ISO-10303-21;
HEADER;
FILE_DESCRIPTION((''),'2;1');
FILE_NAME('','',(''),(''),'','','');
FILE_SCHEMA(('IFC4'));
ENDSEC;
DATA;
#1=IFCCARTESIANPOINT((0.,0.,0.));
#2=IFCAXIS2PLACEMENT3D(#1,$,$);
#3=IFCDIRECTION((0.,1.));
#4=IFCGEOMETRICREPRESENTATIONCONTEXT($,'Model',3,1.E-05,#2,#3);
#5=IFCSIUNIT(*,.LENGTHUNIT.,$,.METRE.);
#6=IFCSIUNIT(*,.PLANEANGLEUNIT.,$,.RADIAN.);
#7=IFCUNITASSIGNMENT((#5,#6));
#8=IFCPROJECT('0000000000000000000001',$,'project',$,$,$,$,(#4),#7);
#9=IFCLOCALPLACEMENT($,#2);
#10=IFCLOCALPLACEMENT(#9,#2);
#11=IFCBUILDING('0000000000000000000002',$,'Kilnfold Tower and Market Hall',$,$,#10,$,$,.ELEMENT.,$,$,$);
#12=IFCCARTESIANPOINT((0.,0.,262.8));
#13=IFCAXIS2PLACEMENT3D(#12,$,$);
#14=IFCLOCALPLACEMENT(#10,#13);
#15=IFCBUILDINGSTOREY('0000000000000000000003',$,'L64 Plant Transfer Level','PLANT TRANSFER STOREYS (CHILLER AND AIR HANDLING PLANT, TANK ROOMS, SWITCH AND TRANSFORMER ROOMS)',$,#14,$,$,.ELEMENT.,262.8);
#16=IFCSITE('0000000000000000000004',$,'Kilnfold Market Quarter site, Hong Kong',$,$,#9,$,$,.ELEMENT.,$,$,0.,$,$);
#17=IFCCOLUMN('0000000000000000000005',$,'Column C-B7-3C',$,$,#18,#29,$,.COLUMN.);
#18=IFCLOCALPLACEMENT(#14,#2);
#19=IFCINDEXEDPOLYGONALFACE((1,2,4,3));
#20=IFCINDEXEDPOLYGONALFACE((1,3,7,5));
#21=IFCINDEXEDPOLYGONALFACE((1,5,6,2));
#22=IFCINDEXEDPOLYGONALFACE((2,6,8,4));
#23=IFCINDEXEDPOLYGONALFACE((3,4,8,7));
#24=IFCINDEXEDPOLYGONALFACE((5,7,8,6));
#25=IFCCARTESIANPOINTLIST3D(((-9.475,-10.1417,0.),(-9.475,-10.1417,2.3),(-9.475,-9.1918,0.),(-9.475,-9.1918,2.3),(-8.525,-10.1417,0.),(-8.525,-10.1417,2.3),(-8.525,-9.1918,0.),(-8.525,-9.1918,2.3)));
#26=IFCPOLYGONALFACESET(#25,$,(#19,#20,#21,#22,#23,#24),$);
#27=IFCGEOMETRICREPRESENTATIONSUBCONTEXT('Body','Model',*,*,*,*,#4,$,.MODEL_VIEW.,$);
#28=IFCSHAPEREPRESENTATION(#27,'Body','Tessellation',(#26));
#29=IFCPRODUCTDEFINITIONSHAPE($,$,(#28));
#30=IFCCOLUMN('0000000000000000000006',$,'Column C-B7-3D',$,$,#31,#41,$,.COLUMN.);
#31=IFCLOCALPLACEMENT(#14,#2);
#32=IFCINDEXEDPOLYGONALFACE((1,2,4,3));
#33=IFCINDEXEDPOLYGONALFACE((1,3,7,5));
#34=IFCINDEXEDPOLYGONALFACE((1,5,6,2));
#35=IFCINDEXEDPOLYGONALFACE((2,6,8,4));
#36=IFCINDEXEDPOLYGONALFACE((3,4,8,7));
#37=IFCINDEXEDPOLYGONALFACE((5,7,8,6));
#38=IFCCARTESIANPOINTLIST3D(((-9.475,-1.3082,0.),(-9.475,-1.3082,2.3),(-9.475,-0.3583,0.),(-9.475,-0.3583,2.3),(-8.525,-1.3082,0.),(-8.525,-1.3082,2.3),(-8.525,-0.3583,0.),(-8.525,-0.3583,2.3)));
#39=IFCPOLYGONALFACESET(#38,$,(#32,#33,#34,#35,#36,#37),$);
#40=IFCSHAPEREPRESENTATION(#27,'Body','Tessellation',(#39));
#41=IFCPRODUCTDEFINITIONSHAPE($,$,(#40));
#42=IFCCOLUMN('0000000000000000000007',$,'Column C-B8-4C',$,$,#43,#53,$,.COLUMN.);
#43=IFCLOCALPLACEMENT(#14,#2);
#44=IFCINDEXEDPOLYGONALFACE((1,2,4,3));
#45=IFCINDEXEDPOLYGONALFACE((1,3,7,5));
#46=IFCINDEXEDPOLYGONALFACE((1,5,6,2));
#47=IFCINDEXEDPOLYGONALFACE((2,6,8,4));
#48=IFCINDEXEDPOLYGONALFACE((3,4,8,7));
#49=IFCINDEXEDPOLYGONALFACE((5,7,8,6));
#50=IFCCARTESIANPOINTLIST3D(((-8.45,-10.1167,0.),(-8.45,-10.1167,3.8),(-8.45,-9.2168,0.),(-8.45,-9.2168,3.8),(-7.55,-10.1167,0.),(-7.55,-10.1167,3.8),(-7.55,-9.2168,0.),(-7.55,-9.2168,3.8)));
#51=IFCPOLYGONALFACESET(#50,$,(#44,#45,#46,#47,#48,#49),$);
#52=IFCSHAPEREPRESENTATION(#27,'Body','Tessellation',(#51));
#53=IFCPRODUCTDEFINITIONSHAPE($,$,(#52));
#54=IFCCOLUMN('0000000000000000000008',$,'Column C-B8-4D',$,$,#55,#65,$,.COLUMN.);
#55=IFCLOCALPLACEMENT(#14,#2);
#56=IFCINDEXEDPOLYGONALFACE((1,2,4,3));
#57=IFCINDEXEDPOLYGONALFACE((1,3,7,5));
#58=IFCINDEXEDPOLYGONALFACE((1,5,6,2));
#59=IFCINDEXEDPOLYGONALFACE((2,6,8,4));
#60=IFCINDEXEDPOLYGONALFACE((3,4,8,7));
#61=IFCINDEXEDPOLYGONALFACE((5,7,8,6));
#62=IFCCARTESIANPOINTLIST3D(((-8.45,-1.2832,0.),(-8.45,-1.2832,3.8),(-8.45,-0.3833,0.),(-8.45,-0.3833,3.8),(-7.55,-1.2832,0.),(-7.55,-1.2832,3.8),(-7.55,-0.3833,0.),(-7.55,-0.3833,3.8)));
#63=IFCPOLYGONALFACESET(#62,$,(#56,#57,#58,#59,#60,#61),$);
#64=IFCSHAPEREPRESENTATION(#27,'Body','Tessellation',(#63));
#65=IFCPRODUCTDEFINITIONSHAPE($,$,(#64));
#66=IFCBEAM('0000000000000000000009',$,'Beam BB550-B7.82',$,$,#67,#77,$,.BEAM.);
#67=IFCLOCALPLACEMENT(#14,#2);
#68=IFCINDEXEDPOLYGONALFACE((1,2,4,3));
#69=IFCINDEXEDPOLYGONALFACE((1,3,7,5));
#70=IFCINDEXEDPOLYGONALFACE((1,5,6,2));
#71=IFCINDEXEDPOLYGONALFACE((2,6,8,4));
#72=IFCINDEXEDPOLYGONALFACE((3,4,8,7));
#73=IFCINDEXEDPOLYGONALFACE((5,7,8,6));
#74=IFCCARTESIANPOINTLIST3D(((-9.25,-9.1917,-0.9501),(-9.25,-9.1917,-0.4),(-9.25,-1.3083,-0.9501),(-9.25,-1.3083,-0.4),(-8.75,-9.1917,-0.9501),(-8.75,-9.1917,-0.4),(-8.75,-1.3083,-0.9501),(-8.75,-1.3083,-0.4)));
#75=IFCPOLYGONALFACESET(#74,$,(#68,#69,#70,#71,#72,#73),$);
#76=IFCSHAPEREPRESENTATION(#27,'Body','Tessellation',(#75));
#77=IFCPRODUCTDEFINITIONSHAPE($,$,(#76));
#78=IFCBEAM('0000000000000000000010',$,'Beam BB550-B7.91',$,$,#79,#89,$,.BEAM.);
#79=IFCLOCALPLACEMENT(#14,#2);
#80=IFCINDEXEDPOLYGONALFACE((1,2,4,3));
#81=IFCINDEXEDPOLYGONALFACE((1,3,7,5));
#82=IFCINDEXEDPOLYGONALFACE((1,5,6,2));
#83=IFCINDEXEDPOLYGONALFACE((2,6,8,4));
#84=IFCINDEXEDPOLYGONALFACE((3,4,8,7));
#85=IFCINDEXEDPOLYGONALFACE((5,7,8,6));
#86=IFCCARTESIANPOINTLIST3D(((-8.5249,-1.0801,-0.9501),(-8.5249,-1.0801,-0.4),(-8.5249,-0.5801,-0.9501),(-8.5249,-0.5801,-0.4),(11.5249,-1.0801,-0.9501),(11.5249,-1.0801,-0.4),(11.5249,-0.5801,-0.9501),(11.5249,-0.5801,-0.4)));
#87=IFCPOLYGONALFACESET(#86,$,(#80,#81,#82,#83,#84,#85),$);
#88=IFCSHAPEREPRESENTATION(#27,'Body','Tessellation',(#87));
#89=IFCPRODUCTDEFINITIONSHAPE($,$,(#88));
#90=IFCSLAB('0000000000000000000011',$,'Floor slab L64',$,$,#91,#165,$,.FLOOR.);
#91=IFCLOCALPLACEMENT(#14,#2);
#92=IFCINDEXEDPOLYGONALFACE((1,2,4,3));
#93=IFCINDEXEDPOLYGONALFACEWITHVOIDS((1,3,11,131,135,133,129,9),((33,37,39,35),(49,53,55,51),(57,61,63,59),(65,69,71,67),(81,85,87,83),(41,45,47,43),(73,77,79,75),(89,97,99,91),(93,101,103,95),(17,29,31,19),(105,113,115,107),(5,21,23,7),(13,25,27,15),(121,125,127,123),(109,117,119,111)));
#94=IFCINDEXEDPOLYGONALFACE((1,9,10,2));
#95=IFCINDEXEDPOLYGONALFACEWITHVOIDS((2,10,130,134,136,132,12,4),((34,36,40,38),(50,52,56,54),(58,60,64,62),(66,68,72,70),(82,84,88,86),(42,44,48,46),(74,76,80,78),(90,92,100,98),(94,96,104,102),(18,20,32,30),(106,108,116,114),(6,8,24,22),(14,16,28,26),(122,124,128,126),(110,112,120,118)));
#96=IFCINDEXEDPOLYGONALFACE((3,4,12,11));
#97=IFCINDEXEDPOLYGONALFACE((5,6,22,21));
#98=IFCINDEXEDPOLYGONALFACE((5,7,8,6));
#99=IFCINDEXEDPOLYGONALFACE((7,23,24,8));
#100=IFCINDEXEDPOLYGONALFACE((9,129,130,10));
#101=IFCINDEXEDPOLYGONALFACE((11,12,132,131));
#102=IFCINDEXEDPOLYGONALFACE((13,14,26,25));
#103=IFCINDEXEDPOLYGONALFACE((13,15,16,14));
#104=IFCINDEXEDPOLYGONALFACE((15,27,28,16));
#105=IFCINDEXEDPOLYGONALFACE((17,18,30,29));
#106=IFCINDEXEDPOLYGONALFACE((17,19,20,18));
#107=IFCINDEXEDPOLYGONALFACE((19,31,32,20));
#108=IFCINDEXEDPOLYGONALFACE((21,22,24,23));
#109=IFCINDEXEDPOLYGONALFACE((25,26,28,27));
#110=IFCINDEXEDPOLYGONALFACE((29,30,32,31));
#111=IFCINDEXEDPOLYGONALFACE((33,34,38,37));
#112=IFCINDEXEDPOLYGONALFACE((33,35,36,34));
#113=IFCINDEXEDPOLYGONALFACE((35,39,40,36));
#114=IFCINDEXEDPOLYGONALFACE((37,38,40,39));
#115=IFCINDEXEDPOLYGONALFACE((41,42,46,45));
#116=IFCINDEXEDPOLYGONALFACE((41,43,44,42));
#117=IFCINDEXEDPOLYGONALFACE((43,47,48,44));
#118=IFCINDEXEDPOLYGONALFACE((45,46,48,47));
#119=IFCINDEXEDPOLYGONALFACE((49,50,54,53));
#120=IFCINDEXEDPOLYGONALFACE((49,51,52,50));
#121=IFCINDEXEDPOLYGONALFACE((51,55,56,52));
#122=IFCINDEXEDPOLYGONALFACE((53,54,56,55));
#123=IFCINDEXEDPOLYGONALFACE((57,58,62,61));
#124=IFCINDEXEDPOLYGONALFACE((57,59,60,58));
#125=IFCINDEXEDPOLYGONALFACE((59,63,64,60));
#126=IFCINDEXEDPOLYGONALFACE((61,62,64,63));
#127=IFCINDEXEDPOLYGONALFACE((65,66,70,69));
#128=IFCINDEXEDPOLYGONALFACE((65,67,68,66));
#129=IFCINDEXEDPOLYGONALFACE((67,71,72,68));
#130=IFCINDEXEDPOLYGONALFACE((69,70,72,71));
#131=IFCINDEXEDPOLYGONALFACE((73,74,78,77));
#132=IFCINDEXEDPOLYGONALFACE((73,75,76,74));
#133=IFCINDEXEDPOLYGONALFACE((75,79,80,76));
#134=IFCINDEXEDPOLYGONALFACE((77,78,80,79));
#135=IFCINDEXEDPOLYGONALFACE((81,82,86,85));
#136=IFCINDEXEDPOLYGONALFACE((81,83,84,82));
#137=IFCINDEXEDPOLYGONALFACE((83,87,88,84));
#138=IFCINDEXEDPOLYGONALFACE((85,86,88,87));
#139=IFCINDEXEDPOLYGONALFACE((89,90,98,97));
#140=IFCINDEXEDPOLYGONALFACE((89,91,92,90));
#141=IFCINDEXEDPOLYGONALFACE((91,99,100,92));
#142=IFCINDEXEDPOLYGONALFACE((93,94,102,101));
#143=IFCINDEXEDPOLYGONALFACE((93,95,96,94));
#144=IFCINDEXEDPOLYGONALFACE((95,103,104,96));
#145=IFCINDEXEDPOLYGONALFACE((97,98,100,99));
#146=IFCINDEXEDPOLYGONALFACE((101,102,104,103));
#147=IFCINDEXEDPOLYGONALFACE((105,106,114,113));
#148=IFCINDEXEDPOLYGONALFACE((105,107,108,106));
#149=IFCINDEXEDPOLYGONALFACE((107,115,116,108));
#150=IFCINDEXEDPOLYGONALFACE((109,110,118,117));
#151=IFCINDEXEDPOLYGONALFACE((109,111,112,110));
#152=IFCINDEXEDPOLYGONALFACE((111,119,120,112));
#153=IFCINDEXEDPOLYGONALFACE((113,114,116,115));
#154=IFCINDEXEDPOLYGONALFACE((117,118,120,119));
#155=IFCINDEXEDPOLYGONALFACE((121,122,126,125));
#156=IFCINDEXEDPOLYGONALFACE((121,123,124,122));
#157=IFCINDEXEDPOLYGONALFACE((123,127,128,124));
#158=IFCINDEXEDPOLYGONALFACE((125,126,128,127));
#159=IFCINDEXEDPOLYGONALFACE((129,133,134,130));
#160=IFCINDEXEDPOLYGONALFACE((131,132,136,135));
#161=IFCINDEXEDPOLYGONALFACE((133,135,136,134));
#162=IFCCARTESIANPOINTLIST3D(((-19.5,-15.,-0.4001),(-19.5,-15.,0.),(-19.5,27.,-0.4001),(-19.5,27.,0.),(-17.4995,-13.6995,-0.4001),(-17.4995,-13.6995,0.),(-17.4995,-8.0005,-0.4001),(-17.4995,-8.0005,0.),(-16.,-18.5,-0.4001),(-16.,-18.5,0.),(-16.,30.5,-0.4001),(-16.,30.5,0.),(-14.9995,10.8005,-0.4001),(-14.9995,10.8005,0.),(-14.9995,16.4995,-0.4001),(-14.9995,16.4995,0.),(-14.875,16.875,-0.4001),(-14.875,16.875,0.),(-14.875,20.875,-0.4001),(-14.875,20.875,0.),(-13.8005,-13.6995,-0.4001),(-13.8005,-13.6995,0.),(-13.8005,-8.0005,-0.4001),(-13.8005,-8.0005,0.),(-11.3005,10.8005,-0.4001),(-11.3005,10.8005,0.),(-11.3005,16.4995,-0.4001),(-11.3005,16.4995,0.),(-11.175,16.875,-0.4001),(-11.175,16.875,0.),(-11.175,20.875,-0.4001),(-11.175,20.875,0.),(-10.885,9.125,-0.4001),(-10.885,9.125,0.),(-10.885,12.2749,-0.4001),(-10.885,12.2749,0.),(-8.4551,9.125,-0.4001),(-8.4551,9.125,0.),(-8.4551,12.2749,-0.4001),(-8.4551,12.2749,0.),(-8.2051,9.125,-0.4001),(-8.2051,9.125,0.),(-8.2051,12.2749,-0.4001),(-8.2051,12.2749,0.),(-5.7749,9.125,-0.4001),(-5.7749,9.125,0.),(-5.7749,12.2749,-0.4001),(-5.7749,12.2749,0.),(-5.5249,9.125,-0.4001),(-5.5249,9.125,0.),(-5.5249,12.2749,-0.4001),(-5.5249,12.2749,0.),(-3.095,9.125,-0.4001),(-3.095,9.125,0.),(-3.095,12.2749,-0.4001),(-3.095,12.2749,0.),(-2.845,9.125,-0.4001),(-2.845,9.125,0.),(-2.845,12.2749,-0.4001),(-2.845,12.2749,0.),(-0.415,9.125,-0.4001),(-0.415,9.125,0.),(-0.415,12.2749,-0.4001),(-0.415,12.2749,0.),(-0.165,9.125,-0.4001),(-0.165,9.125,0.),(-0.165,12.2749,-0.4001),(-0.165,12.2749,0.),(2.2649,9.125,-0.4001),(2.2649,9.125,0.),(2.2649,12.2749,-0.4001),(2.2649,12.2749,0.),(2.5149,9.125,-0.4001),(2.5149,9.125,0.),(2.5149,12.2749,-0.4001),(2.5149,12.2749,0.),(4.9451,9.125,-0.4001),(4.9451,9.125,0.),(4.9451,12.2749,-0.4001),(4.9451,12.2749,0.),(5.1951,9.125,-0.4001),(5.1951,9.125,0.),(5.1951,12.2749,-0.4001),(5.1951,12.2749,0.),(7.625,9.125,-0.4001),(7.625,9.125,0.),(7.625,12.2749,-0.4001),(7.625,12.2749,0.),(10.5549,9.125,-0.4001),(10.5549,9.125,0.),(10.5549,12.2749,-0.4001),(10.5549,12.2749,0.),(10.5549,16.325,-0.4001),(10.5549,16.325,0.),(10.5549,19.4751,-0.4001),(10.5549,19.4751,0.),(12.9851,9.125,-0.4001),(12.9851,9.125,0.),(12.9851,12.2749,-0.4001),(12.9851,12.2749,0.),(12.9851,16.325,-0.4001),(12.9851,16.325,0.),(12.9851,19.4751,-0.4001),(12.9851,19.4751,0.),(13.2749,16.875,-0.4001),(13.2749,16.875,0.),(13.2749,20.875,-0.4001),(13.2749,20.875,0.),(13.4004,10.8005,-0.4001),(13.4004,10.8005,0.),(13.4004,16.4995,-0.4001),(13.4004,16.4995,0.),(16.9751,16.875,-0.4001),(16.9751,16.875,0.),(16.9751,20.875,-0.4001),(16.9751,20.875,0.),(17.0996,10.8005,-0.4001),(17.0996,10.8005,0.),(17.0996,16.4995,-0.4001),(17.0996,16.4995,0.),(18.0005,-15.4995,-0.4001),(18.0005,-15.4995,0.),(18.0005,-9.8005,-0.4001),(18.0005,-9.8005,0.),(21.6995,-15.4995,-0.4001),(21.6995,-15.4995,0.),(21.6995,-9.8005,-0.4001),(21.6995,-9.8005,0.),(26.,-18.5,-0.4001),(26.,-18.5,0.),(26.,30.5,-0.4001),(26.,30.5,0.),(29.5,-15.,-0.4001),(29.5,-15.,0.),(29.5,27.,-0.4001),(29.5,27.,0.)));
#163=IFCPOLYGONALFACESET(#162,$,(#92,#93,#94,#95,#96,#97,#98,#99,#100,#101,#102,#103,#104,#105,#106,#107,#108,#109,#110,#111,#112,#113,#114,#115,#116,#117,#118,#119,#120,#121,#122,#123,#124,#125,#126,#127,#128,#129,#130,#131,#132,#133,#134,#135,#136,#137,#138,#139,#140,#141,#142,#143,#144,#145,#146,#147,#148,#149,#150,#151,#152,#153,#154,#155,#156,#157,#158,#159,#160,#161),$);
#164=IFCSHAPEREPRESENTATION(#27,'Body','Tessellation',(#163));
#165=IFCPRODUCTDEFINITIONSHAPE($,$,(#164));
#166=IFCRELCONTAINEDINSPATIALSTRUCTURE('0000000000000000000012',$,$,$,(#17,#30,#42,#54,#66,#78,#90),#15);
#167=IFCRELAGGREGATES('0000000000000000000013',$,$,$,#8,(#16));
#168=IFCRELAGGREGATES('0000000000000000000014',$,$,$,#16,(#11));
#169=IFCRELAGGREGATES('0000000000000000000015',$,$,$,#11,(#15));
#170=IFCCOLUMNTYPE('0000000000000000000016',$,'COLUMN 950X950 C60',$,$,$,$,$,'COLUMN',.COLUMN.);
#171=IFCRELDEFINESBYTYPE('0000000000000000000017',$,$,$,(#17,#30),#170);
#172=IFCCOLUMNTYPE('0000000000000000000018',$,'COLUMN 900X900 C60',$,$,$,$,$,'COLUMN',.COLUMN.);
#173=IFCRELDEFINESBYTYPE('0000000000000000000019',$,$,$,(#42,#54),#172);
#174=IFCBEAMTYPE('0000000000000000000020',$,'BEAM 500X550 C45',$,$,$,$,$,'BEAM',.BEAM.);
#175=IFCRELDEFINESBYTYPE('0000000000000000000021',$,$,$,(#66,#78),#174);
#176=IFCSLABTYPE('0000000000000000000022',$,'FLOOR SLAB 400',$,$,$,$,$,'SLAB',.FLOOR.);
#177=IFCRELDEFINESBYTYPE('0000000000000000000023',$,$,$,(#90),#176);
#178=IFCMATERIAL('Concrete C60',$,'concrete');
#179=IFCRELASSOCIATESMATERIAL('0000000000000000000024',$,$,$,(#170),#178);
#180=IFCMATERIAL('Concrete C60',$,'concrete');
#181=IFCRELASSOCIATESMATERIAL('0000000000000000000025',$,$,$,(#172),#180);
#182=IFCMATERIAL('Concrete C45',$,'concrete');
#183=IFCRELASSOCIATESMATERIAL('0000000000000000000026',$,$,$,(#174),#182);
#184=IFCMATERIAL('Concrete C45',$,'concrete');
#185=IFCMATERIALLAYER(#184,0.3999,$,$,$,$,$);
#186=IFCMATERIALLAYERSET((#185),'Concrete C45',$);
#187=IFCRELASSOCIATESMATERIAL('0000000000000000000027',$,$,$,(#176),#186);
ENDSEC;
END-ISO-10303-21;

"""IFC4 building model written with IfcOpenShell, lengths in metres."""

from ifc_helpers import new_model, si_unit, direction, frame, origin, origin_2d, place, context, subcontext, project, spatial, polyline, rectangle, outline, extrude, source, transform, mapped, material, layer, layer_set, material_profile, profile_set, type_object, element, save


model = new_model("IFC4")

# Units and contexts
model_context = context("Model", 3, precision=1e-05, world=origin(), true_north=direction((0.0, 1.0)))
body_context = subcontext(model_context, "Body", "Model", "MODEL_VIEW")
ifc_project = project(units=[si_unit("LENGTHUNIT", "METRE"), si_unit("PLANEANGLEUNIT", "RADIAN")], contexts=[model_context])

# Site, building, storey
site_placement = place(None, origin())
site = spatial("IfcSite", under=ifc_project, at=site_placement, Name="Kilnfold Market Quarter site, Hong Kong", CompositionType="ELEMENT", RefElevation=0.0)
building_placement = place(site_placement, origin())
building = spatial("IfcBuilding", under=site, at=building_placement, Name="Kilnfold Tower and Market Hall", CompositionType="ELEMENT")
storey_placement = place(building_placement, frame((0.0, 0.0, 262.8)))
storey = spatial("IfcBuildingStorey", under=building, at=storey_placement, Name="L64 Plant Transfer Level", Description="PLANT TRANSFER STOREYS (CHILLER AND AIR HANDLING PLANT, TANK ROOMS, SWITCH AND TRANSFORMER ROOMS)", CompositionType="ELEMENT", Elevation=262.8)

# Columns
ifc_material_1 = material(Name="Concrete C60", Category="concrete")
ifc_material_profile_1 = material_profile(ifc_material_1, rectangle(XDim=0.95, YDim=0.95, at=origin_2d()), Name="RC 950x950")
ifc_profile_set_1 = profile_set([ifc_material_profile_1], Name="Concrete C60")
column_type_1 = type_object("IfcColumnType", Name="COLUMN 950X950 C60", ElementType="COLUMN", PredefinedType="COLUMN", material=ifc_profile_set_1)
shared_shape_1 = source(origin(), body_context, "Body", "SweptSolid", [
    extrude(rectangle(XDim=0.95, YDim=0.95, at=origin_2d()), origin(), (0.0, 0.0, 1.0), 2.3),
])
for number, where, z_axis, x_axis, name in (
    (1, (-9.0, -9.6667, 0.0), (0.0, 0.0, 1.0), (1.0, 0.0, 0.0), "Column C-B7-3C"),
    (2, (-9.0, -0.8333, 0.0), (0.0, 0.0, 1.0), (1.0, 0.0, 0.0), "Column C-B7-3D"),
):
    element("IfcColumn", number, at=place(storey_placement, frame(where, z_axis=z_axis, x_axis=x_axis)), inside=storey, type_object=column_type_1, Name=name, PredefinedType="COLUMN", context=body_context, shape_type="MappedRepresentation", body=[
        mapped(shared_shape_1, transform((0.0, 0.0, 0.0))),
    ])
ifc_material_2 = material(Name="Concrete C60", Category="concrete")
ifc_material_profile_2 = material_profile(ifc_material_2, rectangle(XDim=0.8999, YDim=0.8999, at=origin_2d()), Name="RC 900x900")
ifc_profile_set_2 = profile_set([ifc_material_profile_2], Name="Concrete C60")
column_type_2 = type_object("IfcColumnType", Name="COLUMN 900X900 C60", ElementType="COLUMN", PredefinedType="COLUMN", material=ifc_profile_set_2)
shared_shape_2 = source(origin(), body_context, "Body", "SweptSolid", [
    extrude(rectangle(XDim=0.8999, YDim=0.8999, at=origin_2d()), origin(), (0.0, 0.0, 1.0), 3.8),
])
for number, where, z_axis, x_axis, name in (
    (3, (-8.0, -9.6667, 0.0), (0.0, 0.0, 1.0), (1.0, 0.0, 0.0), "Column C-B8-4C"),
    (4, (-8.0, -0.8333, 0.0), (0.0, 0.0, 1.0), (1.0, 0.0, 0.0), "Column C-B8-4D"),
):
    element("IfcColumn", number, at=place(storey_placement, frame(where, z_axis=z_axis, x_axis=x_axis)), inside=storey, type_object=column_type_2, Name=name, PredefinedType="COLUMN", context=body_context, shape_type="MappedRepresentation", body=[
        mapped(shared_shape_2, transform((0.0, 0.0, 0.0))),
    ])

# Beams
ifc_material_3 = material(Name="Concrete C45", Category="concrete")
ifc_material_profile_3 = material_profile(ifc_material_3, rectangle(XDim=0.5, YDim=0.55, at=origin_2d()), Name="RC 500x550")
ifc_profile_set_3 = profile_set([ifc_material_profile_3], Name="Concrete C45")
beam_type = type_object("IfcBeamType", Name="BEAM 500X550 C45", ElementType="BEAM", PredefinedType="BEAM", material=ifc_profile_set_3)
shared_shape_3 = source(origin(), body_context, "Body", "SweptSolid", [
    extrude(rectangle(XDim=0.5, YDim=0.55, at=origin_2d()), origin(), (0.0, 0.0, 1.0), 7.8833),
])
beam_1_placement = place(storey_placement, frame((-9.0, -9.1917, -0.675), z_axis=(0.0, 1.0, 0.0), x_axis=(-1.0, 0.0, 0.0)))
element("IfcBeam", 5, at=beam_1_placement, inside=storey, type_object=beam_type, Name="Beam BB550-B7.82", PredefinedType="BEAM", context=body_context, shape_type="MappedRepresentation", body=[
    mapped(shared_shape_3, transform((0.0, 0.0, 0.0))),
])
shared_shape_4 = source(origin(), body_context, "Body", "SweptSolid", [
    extrude(rectangle(XDim=0.5, YDim=0.55, at=origin_2d()), origin(), (0.0, 0.0, 1.0), 20.0498),
])
beam_2_placement = place(storey_placement, frame((-8.5249, -0.8301, -0.675), z_axis=(1.0, 0.0, 0.0), x_axis=(0.0, 1.0, 0.0)))
element("IfcBeam", 6, at=beam_2_placement, inside=storey, type_object=beam_type, Name="Beam BB550-B7.91", PredefinedType="BEAM", context=body_context, shape_type="MappedRepresentation", body=[
    mapped(shared_shape_4, transform((0.0, 0.0, 0.0))),
])

# Slab
ifc_material_4 = material(Name="Concrete C45", Category="concrete")
ifc_layer_1 = layer(ifc_material_4, 0.3999)
ifc_layer_set_1 = layer_set([ifc_layer_1], Name="Concrete C45")
slab_type_1 = type_object("IfcSlabType", Name="FLOOR SLAB 400", ElementType="SLAB", PredefinedType="FLOOR", material=ifc_layer_set_1)
shared_shape_5 = source(origin(), body_context, "Body", "SweptSolid", [
    extrude(outline(polyline([(-16.0, -18.5), (26.0, -18.5), (29.5, -15.0), (29.5, 27.0), (26.0, 30.5), (-16.0, 30.5), (-19.5, 27.0), (-19.5, -15.0), (-16.0, -18.5)]), holes=[polyline([(-13.8005, -8.0005), (-13.8005, -13.6995), (-17.4995, -13.6995), (-17.4995, -8.0005), (-13.8005, -8.0005)]), polyline([(-11.3005, 10.8005), (-14.9995, 10.8005), (-14.9995, 16.4995), (-11.3005, 16.4995), (-11.3005, 10.8005)]), polyline([(-11.175, 16.875), (-14.875, 16.875), (-14.875, 20.875), (-11.175, 20.875), (-11.175, 16.875)]), polyline([(-8.4551, 9.125), (-10.885, 9.125), (-10.885, 12.2749), (-8.4551, 12.2749), (-8.4551, 9.125)]), polyline([(-5.7749, 9.125), (-8.2051, 9.125), (-8.2051, 12.2749), (-5.7749, 12.2749), (-5.7749, 9.125)]), polyline([(-3.095, 9.125), (-5.5249, 9.125), (-5.5249, 12.2749), (-3.095, 12.2749), (-3.095, 9.125)]), polyline([(-0.415, 9.125), (-2.845, 9.125), (-2.845, 12.2749), (-0.415, 12.2749), (-0.415, 9.125)]), polyline([(2.2649, 9.125), (-0.165, 9.125), (-0.165, 12.2749), (2.2649, 12.2749), (2.2649, 9.125)]), polyline([(4.9451, 9.125), (2.5149, 9.125), (2.5149, 12.2749), (4.9451, 12.2749), (4.9451, 9.125)]), polyline([(7.625, 9.125), (5.1951, 9.125), (5.1951, 12.2749), (7.625, 12.2749), (7.625, 9.125)]), polyline([(12.9851, 9.125), (10.5549, 9.125), (10.5549, 12.2749), (12.9851, 12.2749), (12.9851, 9.125)]), polyline([(12.9851, 16.325), (10.5549, 16.325), (10.5549, 19.4751), (12.9851, 19.4751), (12.9851, 16.325)]), polyline([(16.9751, 16.875), (13.2749, 16.875), (13.2749, 20.875), (16.9751, 20.875), (16.9751, 16.875)]), polyline([(17.0996, 10.8005), (13.4004, 10.8005), (13.4004, 16.4995), (17.0996, 16.4995), (17.0996, 10.8005)]), polyline([(18.0005, -9.8005), (21.6995, -9.8005), (21.6995, -15.4995), (18.0005, -15.4995), (18.0005, -9.8005)])]), origin(), (0.0, 0.0, 1.0), 0.4001),
])
slab_1_placement = place(storey_placement, frame((0.0, 0.0, -0.4001)))
element("IfcSlab", 7, at=slab_1_placement, inside=storey, type_object=slab_type_1, Name="Floor slab L64", PredefinedType="FLOOR", context=body_context, shape_type="MappedRepresentation", body=[
    mapped(shared_shape_5, transform((0.0, 0.0, 0.0))),
])

save(model, "model.ifc")
